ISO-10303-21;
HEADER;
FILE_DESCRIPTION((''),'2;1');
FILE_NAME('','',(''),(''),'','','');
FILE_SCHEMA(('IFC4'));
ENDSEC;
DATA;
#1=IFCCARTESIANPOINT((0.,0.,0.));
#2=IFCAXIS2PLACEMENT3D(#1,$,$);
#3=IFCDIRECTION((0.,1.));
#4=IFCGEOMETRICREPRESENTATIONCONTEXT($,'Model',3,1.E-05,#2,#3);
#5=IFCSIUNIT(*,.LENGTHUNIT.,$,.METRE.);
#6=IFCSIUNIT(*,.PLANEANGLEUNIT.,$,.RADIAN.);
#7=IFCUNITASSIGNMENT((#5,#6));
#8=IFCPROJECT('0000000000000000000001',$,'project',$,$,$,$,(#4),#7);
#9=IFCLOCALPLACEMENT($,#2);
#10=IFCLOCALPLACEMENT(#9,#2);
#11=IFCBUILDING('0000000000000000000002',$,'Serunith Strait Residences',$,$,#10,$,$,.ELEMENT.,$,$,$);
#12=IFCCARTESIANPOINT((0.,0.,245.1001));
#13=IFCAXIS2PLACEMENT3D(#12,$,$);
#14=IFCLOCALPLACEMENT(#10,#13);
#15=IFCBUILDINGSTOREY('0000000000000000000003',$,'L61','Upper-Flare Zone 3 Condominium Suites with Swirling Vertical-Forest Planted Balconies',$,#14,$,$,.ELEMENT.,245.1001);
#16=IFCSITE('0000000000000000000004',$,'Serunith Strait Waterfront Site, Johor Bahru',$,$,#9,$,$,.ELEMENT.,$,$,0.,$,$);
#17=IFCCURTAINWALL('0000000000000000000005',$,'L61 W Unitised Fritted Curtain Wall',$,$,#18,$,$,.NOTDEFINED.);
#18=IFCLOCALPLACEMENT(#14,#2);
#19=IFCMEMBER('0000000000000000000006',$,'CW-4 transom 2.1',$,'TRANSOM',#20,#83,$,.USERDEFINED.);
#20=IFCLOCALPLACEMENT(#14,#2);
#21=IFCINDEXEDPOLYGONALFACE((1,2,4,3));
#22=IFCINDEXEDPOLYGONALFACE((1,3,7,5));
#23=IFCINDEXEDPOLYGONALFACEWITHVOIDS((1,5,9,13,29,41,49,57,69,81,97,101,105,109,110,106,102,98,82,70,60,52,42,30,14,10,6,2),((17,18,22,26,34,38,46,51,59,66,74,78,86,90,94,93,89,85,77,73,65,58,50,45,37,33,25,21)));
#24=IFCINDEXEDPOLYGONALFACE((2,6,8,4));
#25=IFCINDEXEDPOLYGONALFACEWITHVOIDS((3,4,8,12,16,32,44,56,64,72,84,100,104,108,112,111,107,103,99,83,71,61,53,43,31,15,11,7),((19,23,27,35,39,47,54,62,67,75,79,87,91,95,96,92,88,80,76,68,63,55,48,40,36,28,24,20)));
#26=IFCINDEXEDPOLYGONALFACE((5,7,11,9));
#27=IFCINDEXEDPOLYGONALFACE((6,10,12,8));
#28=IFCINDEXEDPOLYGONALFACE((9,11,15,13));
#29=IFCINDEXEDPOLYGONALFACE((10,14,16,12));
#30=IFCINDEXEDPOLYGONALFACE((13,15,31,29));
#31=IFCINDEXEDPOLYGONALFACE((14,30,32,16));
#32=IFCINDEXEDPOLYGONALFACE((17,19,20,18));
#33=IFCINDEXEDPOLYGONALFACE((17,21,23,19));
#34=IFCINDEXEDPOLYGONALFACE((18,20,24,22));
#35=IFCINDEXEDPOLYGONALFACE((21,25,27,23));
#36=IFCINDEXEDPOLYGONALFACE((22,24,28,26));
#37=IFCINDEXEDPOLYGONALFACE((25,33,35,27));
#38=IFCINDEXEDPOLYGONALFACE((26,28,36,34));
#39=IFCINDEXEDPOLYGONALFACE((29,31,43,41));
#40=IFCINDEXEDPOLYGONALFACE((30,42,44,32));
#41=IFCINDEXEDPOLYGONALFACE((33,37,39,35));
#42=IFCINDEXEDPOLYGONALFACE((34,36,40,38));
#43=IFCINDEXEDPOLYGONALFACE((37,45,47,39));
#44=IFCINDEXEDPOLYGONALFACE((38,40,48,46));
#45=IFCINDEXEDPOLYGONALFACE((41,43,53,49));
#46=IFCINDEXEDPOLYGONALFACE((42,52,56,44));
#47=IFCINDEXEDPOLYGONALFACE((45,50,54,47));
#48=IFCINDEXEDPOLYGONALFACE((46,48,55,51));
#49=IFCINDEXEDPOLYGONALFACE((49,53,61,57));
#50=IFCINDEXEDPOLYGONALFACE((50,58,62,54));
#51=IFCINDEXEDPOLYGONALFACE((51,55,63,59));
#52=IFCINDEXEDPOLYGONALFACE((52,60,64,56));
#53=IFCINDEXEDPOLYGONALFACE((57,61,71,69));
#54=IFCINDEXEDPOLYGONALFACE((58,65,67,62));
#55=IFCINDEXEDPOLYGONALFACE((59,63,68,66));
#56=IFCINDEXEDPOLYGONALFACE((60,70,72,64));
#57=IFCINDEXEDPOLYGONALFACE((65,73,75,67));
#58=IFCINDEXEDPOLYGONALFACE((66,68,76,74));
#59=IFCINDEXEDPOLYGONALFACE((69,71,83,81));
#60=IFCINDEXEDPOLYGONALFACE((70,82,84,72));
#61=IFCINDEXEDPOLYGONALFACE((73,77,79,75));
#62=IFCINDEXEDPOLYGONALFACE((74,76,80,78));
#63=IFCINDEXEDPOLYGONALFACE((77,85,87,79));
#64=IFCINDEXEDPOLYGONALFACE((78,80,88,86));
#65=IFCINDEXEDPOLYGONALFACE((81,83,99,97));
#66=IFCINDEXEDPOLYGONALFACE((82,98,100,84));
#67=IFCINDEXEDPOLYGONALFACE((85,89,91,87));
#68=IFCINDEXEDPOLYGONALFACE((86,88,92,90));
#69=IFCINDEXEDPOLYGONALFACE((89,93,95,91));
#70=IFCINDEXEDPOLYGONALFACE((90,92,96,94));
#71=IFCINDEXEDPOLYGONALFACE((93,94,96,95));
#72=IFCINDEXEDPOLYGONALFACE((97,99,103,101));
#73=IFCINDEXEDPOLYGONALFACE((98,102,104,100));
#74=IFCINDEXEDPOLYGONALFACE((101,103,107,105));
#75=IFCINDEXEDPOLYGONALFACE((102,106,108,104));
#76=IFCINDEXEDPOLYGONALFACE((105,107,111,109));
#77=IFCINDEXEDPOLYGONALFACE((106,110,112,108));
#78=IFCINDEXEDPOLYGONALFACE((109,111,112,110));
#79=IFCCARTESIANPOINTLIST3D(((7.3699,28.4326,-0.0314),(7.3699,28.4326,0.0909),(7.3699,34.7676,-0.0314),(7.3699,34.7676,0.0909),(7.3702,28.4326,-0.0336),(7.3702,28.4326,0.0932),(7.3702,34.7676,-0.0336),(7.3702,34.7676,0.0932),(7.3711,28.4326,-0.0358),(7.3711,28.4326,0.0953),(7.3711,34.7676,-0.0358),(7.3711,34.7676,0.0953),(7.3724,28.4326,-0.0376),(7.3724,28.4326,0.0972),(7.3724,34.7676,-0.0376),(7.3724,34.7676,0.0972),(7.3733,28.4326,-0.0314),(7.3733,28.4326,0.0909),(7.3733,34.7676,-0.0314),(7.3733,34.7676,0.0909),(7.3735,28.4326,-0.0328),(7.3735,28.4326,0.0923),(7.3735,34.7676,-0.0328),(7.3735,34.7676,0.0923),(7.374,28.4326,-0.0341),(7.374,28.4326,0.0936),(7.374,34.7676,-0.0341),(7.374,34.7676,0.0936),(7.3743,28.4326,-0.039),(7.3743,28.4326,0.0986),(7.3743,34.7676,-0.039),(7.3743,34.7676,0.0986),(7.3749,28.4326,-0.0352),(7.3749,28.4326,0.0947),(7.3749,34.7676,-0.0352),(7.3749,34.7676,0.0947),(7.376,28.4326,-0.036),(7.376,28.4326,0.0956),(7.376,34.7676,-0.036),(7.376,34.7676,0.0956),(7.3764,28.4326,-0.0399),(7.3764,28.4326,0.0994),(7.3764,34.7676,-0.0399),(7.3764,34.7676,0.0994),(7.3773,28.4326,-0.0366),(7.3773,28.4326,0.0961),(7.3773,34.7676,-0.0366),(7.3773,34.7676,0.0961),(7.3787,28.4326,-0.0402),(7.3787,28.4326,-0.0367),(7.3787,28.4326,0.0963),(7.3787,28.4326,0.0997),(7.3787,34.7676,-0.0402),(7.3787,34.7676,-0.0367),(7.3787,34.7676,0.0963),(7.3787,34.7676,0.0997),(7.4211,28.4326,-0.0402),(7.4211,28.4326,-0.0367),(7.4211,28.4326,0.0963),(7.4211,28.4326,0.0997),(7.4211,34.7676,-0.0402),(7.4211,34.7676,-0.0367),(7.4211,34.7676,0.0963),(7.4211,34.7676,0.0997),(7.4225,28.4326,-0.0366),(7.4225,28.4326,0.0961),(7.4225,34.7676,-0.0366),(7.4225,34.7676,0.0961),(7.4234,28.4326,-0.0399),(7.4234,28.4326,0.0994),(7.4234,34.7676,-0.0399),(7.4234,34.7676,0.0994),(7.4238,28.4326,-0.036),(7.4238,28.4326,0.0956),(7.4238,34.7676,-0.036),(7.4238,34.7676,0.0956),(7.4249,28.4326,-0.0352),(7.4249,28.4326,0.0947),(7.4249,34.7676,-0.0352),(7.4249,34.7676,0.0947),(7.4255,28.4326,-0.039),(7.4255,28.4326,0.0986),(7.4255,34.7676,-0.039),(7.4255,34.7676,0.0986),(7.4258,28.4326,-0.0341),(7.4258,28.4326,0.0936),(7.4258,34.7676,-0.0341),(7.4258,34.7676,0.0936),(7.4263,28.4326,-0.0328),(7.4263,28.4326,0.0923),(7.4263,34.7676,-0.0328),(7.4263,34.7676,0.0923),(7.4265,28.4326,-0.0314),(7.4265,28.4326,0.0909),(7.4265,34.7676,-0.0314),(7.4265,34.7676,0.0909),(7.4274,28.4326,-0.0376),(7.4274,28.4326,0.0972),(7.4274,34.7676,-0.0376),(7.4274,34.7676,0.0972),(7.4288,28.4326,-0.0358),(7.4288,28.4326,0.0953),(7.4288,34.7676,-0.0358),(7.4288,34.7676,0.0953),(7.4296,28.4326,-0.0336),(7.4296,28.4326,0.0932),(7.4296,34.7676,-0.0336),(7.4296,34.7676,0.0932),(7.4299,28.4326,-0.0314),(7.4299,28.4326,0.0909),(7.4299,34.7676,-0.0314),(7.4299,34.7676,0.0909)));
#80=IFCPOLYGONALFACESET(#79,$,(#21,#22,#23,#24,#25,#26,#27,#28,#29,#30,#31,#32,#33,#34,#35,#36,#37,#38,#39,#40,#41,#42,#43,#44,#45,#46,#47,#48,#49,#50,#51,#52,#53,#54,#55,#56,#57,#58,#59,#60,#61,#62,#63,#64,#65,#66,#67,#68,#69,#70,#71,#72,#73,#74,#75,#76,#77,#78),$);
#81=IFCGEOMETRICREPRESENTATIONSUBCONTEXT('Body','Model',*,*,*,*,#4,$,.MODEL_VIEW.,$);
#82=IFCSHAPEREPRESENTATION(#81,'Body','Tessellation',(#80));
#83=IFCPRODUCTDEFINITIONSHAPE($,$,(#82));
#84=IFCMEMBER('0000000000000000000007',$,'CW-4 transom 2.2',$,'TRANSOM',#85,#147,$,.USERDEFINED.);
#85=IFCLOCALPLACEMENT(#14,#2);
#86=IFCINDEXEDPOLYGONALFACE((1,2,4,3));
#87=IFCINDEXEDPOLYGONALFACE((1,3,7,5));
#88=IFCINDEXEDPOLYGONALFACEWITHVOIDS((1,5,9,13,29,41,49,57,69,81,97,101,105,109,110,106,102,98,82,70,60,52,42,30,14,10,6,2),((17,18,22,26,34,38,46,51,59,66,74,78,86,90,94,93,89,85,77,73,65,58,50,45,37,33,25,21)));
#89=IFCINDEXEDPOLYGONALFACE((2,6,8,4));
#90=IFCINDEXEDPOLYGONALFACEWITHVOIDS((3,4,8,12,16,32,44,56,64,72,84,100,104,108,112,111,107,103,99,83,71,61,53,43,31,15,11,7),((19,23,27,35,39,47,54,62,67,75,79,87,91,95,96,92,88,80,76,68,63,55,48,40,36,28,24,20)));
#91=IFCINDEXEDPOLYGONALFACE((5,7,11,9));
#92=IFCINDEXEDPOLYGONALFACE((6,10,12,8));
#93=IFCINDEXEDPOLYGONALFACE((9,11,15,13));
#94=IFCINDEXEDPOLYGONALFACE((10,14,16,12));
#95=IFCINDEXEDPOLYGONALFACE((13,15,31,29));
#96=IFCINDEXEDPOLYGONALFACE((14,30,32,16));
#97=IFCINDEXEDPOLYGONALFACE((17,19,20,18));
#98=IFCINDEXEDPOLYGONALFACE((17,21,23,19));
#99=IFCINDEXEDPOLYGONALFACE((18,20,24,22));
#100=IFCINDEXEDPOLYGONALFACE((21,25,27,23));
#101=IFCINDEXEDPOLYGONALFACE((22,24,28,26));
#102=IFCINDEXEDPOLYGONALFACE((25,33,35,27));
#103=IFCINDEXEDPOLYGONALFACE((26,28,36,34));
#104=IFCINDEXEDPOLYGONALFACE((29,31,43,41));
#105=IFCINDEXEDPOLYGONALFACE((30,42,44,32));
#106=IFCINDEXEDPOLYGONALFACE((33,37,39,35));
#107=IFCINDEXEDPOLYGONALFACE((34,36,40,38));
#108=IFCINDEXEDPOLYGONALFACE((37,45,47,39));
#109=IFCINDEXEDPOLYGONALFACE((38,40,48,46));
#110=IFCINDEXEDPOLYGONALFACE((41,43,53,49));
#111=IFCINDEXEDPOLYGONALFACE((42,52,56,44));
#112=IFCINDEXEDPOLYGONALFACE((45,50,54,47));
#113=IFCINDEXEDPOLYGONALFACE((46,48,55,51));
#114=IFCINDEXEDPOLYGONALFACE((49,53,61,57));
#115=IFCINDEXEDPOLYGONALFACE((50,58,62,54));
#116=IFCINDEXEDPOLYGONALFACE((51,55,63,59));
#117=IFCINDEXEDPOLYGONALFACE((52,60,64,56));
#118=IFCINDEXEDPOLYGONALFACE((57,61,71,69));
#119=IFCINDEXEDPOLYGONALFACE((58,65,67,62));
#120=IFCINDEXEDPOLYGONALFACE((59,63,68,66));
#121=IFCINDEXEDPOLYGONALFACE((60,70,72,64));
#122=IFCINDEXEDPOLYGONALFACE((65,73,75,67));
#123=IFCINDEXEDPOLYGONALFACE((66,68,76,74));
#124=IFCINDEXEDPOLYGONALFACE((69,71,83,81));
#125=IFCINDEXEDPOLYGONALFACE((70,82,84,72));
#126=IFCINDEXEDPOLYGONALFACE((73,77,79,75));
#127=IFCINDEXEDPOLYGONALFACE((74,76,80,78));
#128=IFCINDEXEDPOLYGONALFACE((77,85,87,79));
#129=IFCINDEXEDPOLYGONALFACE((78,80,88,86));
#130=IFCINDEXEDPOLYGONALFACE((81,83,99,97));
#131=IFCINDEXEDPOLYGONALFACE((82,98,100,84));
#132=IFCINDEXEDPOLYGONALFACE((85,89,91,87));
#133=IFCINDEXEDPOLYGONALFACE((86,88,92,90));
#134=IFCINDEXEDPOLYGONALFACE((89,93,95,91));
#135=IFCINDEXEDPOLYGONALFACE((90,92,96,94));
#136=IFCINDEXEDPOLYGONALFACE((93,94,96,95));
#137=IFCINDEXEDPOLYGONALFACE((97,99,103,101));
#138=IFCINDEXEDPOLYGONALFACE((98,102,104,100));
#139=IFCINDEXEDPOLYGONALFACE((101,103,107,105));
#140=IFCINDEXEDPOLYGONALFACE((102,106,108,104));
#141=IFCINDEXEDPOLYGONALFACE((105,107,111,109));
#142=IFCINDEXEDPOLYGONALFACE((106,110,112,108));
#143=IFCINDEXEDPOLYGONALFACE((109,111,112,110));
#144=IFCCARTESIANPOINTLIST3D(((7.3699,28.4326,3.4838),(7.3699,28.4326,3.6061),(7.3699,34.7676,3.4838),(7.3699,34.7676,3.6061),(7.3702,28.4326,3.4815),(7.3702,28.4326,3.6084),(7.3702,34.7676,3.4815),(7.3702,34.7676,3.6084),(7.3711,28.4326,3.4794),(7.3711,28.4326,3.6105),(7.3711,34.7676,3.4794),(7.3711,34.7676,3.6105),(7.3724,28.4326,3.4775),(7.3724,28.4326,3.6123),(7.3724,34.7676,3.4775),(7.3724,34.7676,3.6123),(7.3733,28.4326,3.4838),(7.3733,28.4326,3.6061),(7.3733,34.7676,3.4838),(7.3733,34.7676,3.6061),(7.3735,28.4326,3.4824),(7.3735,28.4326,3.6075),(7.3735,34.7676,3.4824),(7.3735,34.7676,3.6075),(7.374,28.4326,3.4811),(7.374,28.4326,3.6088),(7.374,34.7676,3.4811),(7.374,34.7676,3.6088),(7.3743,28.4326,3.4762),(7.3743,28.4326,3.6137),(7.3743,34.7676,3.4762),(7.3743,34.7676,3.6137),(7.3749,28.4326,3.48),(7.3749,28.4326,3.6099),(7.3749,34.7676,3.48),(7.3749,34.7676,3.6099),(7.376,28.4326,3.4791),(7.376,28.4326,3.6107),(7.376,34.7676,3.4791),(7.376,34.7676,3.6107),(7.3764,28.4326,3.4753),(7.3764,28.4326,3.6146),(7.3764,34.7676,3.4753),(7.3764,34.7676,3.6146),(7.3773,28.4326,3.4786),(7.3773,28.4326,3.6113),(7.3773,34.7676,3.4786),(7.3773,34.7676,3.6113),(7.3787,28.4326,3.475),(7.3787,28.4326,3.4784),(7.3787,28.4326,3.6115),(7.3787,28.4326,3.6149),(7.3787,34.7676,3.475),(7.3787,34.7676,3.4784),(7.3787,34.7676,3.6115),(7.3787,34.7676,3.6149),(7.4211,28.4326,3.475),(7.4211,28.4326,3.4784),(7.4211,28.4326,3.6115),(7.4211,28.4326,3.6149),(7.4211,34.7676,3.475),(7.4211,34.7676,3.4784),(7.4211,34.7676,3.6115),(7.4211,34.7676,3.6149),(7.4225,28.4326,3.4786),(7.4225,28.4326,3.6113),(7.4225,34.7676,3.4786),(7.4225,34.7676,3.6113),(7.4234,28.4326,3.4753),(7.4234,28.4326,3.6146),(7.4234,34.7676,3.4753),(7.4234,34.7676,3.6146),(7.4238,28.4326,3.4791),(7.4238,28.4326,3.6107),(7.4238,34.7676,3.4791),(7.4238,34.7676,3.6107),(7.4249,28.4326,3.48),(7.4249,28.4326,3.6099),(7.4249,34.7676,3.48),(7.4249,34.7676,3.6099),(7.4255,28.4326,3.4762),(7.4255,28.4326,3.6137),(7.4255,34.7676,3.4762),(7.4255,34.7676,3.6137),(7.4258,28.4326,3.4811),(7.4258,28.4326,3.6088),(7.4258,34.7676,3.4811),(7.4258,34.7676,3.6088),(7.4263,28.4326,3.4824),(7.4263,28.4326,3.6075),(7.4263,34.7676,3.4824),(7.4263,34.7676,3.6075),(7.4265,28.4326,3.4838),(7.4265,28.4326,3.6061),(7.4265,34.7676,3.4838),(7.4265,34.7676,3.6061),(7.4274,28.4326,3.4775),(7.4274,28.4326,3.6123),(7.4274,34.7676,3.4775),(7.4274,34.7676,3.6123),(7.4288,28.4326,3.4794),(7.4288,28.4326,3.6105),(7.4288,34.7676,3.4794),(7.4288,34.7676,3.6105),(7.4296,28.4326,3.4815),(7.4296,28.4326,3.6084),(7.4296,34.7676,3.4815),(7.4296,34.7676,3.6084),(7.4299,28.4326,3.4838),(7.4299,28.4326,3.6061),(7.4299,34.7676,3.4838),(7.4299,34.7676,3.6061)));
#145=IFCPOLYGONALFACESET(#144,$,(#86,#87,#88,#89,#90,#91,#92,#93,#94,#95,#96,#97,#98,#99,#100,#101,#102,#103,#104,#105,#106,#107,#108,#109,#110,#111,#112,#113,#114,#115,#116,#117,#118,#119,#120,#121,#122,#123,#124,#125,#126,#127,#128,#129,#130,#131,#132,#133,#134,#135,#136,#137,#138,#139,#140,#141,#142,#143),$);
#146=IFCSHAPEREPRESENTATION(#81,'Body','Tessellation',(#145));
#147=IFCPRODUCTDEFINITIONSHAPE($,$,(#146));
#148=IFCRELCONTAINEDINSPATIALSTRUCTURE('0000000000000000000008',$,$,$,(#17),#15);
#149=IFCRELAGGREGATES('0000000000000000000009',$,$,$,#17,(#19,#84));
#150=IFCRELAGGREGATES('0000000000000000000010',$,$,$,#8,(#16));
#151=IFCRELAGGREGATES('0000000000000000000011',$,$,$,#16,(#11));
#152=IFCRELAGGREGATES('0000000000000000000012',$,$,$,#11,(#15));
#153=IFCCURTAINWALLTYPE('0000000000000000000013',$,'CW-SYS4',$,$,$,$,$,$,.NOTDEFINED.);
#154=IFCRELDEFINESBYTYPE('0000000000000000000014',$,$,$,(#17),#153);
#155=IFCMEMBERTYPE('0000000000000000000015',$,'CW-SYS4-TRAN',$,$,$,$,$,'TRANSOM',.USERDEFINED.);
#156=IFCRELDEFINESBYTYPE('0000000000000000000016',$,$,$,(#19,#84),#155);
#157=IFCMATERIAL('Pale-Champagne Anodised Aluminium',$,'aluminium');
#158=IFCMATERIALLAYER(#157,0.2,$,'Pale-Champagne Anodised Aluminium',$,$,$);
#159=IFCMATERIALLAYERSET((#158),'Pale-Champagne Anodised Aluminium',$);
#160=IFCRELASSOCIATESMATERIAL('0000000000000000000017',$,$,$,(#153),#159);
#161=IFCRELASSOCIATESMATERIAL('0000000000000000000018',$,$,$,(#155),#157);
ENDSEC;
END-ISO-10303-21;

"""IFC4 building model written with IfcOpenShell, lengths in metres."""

from ifc_helpers import new_model, si_unit, direction, frame, origin, origin_2d, place, context, subcontext, project, spatial, hollow_rectangle, extrude, source, transform, mapped, material, layer, layer_set, material_profile, profile_set, type_object, element, aggregate, save


model = new_model("IFC4")

# Units and contexts
model_context = context("Model", 3, precision=1e-05, world=origin(), true_north=direction((0.0, 1.0)))
body_context = subcontext(model_context, "Body", "Model", "MODEL_VIEW")
ifc_project = project(units=[si_unit("LENGTHUNIT", "METRE"), si_unit("PLANEANGLEUNIT", "RADIAN")], contexts=[model_context])

# Site, building, storey
site_placement = place(None, origin())
site = spatial("IfcSite", under=ifc_project, at=site_placement, Name="Serunith Strait Waterfront Site, Johor Bahru", CompositionType="ELEMENT", RefElevation=0.0)
building_placement = place(site_placement, origin())
building = spatial("IfcBuilding", under=site, at=building_placement, Name="Serunith Strait Residences", CompositionType="ELEMENT")
storey_placement = place(building_placement, frame((0.0, 0.0, 245.1001)))
storey = spatial("IfcBuildingStorey", under=building, at=storey_placement, Name="L61", Description="Upper-Flare Zone 3 Condominium Suites with Swirling Vertical-Forest Planted Balconies", CompositionType="ELEMENT", Elevation=245.1001)

# Curtain wall, members
ifc_material_1 = material(Name="Pale-Champagne Anodised Aluminium", Category="aluminium")
ifc_layer_1 = layer(ifc_material_1, 0.2, Name="Pale-Champagne Anodised Aluminium")
ifc_layer_set_1 = layer_set([ifc_layer_1], Name="Pale-Champagne Anodised Aluminium")
curtain_wall_type = type_object("IfcCurtainWallType", Name="CW-SYS4", PredefinedType="NOTDEFINED", material=ifc_layer_set_1)
curtain_wall_placement = place(storey_placement, origin())
curtain_wall = element("IfcCurtainWall", 1, at=curtain_wall_placement, inside=storey, type_object=curtain_wall_type, Name="L61 W Unitised Fritted Curtain Wall", PredefinedType="NOTDEFINED")
ifc_material_profile_1 = material_profile(ifc_material_1, hollow_rectangle(XDim=0.0601, YDim=0.1399, WallThickness=0.0034, InnerFilletRadius=0.0054, OuterFilletRadius=0.0088, at=origin_2d()), Name="ALU 140x60x3.5")
ifc_profile_set_1 = profile_set([ifc_material_profile_1], Name="Pale-Champagne Anodised Aluminium")
member_type_1 = type_object("IfcMemberType", Name="CW-SYS4-TRAN", ElementType="TRANSOM", PredefinedType="USERDEFINED", material=ifc_profile_set_1)
shared_shape_1 = source(origin(), body_context, "Body", "SweptSolid", [
    extrude(hollow_rectangle(XDim=0.0601, YDim=0.1399, WallThickness=0.0034, InnerFilletRadius=0.0054, OuterFilletRadius=0.0088, at=origin_2d()), origin(), (0.0, 0.0, 1.0), 6.335),
])
member_1_placement = place(storey_placement, frame((7.3999, 34.7676, 0.0298), z_axis=(0.0, -1.0, 0.0), x_axis=(1.0, 0.0, 0.0)))
member_1 = element("IfcMember", 2, at=member_1_placement, type_object=member_type_1, Name="CW-4 transom 2.1", ObjectType="TRANSOM", PredefinedType="USERDEFINED", context=body_context, shape_type="MappedRepresentation", body=[
    mapped(shared_shape_1, transform((0.0, 0.0, 0.0), scale=1.0)),
])
member_2_placement = place(storey_placement, frame((7.3999, 34.7676, 3.5449), z_axis=(0.0, -1.0, 0.0), x_axis=(1.0, 0.0, 0.0)))
member_2 = element("IfcMember", 3, at=member_2_placement, type_object=member_type_1, Name="CW-4 transom 2.2", ObjectType="TRANSOM", PredefinedType="USERDEFINED", context=body_context, shape_type="MappedRepresentation", body=[
    mapped(shared_shape_1, transform((0.0, 0.0, 0.0), scale=1.0)),
])
aggregate(curtain_wall, [member_1, member_2])

save(model, "model.ifc")
